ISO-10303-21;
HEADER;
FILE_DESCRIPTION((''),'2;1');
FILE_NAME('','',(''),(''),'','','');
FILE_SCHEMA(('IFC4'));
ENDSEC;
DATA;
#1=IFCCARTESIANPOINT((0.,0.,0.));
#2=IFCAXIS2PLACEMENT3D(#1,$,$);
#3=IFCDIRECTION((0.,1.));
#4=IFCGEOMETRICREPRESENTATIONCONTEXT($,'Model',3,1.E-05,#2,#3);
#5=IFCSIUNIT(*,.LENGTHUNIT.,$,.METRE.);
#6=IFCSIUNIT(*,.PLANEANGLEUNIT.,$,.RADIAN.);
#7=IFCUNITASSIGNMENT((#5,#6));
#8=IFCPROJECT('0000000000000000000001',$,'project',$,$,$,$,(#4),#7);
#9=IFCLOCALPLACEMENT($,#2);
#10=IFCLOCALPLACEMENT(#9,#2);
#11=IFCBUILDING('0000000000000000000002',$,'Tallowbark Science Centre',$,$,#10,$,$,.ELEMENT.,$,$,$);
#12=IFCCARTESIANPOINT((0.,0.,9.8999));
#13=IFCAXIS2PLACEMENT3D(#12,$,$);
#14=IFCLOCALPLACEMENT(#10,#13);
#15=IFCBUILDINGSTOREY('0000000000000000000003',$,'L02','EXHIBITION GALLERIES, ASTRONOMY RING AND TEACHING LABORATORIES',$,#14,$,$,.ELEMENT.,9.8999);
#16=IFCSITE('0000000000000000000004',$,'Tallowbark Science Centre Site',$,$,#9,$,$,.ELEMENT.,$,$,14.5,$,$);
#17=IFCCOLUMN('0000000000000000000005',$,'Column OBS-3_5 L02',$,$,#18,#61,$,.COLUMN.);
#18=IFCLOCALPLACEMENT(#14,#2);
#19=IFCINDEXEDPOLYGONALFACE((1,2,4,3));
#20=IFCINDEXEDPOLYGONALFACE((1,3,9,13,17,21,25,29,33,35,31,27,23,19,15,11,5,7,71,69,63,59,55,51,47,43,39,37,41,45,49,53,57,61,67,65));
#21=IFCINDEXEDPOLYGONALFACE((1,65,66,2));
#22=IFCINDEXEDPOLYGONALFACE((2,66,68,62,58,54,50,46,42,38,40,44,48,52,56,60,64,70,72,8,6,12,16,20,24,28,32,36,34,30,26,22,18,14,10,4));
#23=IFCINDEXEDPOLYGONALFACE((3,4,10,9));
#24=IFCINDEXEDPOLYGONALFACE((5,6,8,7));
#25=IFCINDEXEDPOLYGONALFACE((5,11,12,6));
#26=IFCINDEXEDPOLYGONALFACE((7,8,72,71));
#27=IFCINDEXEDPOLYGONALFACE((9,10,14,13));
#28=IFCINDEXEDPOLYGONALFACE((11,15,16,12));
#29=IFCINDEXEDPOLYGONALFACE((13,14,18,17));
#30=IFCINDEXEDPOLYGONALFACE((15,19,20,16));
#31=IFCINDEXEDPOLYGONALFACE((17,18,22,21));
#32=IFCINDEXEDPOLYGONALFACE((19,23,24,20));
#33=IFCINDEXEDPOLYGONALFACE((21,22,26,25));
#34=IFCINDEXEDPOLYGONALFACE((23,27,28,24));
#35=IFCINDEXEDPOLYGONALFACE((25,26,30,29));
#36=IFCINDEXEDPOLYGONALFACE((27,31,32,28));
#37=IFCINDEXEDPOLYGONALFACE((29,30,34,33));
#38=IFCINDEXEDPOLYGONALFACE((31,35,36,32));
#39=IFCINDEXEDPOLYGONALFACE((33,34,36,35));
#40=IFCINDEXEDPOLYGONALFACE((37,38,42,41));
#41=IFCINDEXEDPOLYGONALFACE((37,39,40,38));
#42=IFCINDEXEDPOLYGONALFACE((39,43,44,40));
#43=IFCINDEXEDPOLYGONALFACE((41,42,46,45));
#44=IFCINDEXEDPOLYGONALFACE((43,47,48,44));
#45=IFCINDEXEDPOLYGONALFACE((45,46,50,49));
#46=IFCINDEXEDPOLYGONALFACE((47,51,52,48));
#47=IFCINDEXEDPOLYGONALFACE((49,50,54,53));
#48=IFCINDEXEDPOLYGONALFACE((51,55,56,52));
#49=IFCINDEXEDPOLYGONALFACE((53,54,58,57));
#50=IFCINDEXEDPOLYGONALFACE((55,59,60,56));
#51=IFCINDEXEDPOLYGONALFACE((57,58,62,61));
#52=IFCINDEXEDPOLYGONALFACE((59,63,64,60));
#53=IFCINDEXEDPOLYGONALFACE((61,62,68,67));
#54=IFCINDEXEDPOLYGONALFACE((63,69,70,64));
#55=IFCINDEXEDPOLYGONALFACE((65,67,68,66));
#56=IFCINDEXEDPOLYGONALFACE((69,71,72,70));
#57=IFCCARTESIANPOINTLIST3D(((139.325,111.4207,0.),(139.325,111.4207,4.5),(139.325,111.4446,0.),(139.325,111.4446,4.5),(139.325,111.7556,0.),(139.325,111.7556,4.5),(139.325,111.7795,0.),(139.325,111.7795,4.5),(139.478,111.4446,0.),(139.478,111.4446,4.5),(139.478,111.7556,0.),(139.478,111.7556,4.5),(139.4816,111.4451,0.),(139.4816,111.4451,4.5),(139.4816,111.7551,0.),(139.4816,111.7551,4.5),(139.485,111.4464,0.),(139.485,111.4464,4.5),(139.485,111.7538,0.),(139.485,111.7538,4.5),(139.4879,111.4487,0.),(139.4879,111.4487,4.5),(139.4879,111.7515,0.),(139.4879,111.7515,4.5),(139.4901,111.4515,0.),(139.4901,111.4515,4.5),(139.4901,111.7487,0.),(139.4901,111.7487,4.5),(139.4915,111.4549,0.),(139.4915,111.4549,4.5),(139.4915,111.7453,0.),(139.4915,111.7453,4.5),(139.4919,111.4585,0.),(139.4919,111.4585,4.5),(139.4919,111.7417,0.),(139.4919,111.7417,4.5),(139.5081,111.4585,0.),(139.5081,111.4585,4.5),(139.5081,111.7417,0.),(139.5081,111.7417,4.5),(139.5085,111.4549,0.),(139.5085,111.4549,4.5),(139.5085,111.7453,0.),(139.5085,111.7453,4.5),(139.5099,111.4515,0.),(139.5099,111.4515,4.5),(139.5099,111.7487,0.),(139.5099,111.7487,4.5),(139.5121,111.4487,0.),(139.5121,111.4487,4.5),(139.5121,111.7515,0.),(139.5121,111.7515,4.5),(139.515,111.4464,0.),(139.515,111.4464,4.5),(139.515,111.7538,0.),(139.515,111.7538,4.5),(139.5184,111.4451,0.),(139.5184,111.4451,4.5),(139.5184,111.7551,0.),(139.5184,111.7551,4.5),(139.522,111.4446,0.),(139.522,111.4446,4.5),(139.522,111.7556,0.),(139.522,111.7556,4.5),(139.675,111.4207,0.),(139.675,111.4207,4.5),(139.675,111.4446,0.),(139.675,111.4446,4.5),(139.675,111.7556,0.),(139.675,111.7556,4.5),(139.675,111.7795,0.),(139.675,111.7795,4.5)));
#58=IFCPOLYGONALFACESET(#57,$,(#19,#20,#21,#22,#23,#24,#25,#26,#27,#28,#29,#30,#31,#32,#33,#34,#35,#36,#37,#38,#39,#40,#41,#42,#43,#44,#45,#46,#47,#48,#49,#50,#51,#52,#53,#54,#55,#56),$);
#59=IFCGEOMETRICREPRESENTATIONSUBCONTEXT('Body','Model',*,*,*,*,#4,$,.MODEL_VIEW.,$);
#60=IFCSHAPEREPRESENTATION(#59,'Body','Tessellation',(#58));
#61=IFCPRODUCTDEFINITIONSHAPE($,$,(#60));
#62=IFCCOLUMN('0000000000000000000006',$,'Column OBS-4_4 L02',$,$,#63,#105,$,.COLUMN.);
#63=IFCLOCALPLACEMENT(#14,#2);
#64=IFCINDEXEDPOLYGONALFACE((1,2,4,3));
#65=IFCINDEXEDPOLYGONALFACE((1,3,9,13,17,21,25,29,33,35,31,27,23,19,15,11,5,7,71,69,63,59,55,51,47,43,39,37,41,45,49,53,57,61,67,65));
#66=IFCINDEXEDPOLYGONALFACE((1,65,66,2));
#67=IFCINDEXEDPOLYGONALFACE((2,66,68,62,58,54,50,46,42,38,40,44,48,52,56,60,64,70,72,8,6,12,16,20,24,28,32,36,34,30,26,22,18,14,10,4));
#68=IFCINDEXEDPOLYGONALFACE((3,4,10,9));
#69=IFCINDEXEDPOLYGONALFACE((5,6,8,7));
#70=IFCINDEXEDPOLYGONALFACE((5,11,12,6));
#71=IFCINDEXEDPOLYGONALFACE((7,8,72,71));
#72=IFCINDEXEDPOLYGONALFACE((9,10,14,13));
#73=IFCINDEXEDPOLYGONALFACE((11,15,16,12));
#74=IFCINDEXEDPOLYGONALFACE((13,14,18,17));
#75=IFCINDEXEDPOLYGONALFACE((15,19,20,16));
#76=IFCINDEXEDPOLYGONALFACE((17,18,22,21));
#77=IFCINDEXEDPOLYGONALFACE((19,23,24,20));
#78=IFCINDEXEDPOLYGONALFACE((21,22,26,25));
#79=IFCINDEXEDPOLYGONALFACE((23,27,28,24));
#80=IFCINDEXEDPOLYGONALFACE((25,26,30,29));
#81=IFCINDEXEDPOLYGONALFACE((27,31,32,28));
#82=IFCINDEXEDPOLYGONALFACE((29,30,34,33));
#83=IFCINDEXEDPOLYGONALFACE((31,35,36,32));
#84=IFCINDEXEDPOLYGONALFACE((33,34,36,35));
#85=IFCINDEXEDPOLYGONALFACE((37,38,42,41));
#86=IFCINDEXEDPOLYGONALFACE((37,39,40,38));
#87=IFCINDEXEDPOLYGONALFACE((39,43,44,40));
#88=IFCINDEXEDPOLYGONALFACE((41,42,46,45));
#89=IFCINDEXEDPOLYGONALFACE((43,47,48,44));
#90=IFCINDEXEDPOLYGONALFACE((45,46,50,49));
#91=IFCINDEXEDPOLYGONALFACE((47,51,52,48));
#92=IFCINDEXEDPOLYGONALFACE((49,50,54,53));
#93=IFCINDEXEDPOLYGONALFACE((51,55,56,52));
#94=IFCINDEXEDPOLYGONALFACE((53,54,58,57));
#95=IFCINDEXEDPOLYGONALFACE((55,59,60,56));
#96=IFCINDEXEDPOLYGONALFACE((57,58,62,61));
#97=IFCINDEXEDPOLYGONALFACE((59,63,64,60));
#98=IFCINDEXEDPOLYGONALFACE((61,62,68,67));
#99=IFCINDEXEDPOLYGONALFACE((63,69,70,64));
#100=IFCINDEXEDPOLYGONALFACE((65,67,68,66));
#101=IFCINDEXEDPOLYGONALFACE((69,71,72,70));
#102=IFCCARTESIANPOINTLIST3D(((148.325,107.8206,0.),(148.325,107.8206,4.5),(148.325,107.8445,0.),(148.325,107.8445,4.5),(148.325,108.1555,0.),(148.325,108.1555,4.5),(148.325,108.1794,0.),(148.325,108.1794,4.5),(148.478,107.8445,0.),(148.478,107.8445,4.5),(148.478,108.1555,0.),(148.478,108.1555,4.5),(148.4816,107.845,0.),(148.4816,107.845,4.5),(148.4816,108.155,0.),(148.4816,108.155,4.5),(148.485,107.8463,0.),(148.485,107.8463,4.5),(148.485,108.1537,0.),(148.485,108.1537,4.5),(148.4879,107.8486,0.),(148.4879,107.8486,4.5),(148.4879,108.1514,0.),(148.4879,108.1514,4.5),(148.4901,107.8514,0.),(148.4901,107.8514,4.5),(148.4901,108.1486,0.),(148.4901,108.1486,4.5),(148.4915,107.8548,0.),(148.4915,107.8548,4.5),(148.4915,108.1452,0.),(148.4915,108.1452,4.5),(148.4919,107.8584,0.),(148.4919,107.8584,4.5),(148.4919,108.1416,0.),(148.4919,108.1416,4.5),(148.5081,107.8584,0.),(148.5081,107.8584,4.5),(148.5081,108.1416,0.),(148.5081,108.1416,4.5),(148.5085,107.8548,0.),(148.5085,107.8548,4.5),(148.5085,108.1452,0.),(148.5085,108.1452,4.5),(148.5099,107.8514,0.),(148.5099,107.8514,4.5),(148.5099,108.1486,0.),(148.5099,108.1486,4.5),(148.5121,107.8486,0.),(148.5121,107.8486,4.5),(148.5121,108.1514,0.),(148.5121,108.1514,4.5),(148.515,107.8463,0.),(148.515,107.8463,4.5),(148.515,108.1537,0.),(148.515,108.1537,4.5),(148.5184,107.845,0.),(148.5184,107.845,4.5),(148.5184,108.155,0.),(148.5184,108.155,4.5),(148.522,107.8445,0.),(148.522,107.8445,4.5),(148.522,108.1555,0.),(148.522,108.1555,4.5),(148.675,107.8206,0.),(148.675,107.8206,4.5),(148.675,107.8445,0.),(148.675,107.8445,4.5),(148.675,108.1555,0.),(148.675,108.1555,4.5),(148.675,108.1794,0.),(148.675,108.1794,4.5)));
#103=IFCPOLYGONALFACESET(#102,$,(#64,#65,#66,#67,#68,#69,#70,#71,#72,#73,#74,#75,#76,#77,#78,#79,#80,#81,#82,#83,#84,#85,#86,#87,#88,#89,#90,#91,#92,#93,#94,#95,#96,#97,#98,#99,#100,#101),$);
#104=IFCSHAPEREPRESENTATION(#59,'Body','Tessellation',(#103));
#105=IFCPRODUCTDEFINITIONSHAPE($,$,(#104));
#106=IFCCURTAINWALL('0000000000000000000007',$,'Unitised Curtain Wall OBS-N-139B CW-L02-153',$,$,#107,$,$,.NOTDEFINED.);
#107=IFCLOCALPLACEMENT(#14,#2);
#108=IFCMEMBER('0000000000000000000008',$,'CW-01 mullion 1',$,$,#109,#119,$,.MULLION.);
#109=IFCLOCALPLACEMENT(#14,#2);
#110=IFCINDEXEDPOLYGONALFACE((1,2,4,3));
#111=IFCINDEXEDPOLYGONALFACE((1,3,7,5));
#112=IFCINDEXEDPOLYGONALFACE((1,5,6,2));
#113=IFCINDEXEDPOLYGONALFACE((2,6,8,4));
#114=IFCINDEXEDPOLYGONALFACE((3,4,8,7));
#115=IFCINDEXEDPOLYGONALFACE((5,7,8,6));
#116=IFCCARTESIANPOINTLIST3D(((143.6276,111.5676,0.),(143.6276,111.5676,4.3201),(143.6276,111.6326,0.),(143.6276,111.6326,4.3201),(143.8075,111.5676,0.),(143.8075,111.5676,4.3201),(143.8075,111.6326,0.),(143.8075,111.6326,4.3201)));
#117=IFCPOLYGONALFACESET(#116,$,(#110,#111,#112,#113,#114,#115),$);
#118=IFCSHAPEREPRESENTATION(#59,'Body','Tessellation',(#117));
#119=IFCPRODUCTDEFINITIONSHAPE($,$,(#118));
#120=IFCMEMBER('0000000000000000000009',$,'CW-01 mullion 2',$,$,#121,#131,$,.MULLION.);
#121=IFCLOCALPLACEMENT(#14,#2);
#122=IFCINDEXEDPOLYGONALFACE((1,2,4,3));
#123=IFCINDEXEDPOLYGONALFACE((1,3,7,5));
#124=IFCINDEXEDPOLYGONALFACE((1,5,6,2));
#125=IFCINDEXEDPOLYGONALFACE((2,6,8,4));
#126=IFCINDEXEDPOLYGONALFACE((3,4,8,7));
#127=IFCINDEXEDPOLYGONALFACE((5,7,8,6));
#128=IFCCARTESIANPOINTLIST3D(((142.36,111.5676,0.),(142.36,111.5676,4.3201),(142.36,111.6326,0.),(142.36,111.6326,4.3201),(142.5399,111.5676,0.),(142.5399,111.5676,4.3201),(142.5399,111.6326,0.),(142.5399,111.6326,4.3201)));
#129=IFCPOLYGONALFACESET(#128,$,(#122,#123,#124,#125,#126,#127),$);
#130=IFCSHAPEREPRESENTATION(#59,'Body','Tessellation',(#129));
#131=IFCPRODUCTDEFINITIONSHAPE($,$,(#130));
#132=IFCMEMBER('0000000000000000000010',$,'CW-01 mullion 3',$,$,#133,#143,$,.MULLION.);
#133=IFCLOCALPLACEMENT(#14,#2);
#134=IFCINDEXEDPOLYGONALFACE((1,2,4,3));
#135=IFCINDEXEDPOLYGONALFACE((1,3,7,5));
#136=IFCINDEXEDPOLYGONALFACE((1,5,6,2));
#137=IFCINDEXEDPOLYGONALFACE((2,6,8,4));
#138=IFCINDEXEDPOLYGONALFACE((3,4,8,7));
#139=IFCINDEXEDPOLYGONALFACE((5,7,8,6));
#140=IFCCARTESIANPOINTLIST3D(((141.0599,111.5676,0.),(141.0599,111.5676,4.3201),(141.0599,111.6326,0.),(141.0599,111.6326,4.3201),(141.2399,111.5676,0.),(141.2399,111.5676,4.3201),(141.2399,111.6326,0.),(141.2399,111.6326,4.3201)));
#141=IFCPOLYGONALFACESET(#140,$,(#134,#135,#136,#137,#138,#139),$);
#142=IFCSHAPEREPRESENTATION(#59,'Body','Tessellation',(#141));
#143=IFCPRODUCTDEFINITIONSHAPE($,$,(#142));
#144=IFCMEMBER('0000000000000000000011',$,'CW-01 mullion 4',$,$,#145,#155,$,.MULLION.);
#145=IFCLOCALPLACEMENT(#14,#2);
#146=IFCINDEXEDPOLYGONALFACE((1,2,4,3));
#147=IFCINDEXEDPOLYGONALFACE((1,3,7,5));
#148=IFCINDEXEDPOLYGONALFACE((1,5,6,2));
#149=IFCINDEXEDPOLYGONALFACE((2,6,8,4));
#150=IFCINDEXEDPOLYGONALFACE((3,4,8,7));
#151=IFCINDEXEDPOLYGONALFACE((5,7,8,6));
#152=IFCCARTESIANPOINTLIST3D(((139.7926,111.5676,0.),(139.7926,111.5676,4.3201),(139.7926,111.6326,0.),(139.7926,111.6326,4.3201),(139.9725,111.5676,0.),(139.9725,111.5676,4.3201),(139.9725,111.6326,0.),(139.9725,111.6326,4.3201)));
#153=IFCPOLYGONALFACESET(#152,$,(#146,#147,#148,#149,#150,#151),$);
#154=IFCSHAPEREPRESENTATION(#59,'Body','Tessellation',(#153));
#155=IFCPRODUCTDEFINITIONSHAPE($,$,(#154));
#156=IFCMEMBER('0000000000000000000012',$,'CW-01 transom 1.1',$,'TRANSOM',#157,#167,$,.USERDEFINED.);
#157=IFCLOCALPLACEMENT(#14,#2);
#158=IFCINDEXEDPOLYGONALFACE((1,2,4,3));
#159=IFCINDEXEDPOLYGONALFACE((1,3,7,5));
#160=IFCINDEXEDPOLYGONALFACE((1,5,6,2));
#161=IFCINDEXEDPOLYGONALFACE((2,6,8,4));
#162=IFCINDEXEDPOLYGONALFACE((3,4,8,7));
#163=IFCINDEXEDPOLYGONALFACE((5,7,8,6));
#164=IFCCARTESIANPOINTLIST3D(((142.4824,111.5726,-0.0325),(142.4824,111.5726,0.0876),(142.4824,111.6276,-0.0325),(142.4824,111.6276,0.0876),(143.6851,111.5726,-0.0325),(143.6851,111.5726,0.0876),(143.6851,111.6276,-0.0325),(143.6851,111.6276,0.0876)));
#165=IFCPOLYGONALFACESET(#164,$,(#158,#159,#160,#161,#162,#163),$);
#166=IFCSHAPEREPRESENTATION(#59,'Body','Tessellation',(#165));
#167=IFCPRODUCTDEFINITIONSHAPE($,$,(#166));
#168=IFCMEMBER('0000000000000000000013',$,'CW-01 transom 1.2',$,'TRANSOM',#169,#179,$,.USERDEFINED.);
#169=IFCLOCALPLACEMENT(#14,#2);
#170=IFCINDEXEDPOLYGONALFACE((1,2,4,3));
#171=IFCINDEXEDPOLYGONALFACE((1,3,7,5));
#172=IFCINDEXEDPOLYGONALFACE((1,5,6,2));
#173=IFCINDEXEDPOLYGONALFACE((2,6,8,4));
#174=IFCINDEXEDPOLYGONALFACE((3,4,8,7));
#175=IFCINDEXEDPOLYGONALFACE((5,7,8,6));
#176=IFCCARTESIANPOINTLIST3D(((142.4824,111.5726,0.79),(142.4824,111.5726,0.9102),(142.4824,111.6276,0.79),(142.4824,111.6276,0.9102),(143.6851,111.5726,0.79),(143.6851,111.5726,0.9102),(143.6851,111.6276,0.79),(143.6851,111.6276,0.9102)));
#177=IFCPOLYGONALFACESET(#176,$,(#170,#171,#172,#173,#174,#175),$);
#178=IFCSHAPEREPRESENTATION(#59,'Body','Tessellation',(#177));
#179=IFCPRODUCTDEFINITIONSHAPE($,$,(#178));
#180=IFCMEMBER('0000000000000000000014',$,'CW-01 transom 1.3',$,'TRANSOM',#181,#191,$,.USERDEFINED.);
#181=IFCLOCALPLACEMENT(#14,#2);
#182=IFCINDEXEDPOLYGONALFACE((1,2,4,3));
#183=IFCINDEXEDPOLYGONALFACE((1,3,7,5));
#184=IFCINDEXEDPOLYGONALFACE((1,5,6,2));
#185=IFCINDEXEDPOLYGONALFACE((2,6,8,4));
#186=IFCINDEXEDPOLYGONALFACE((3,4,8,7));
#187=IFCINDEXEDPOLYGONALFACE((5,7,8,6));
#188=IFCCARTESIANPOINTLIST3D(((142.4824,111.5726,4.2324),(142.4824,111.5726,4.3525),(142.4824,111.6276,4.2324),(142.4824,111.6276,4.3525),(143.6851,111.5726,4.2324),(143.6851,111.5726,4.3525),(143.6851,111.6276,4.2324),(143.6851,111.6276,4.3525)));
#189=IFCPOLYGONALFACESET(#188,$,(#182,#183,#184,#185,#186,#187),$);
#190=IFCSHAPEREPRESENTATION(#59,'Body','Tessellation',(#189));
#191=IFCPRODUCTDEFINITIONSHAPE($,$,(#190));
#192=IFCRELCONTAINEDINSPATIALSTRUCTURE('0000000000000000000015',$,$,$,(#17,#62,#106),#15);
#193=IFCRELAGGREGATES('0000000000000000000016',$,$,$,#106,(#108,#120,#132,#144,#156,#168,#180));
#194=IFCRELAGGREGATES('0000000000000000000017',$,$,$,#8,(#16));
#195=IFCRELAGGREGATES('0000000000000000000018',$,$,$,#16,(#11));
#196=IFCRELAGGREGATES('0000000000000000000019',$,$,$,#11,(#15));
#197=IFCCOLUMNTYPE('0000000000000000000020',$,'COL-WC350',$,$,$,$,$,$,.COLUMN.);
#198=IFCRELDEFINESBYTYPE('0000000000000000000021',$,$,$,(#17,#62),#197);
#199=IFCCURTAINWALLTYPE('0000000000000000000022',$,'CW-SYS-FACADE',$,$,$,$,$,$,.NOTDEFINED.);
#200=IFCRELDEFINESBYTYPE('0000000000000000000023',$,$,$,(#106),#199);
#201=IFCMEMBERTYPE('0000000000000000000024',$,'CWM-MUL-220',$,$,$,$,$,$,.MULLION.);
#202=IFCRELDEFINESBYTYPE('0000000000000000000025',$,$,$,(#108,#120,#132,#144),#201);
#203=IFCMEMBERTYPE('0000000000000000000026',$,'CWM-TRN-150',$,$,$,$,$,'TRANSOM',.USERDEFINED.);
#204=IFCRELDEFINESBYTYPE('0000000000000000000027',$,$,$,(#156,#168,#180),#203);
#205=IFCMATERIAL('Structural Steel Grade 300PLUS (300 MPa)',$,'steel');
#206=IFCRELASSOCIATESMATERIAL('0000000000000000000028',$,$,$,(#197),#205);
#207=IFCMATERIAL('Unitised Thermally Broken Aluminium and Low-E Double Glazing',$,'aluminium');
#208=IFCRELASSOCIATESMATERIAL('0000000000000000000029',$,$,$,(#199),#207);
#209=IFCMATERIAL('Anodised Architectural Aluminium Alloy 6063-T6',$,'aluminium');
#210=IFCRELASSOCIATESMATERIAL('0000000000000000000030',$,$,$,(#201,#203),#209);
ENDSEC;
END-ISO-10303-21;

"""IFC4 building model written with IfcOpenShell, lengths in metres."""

from ifc_helpers import new_model, si_unit, direction, frame, origin, origin_2d, place, context, subcontext, project, spatial, rectangle, i_section, extrude, material, material_profile, profile_set, type_object, element, aggregate, save


model = new_model("IFC4")

# Units and contexts
model_context = context("Model", 3, precision=1e-05, world=origin(), true_north=direction((0.0, 1.0)))
body_context = subcontext(model_context, "Body", "Model", "MODEL_VIEW")
ifc_project = project(units=[si_unit("LENGTHUNIT", "METRE"), si_unit("PLANEANGLEUNIT", "RADIAN")], contexts=[model_context])

# Site, building, storey
site_placement = place(None, origin())
site = spatial("IfcSite", under=ifc_project, at=site_placement, Name="Tallowbark Science Centre Site", CompositionType="ELEMENT", RefElevation=14.5)
building_placement = place(site_placement, origin())
building = spatial("IfcBuilding", under=site, at=building_placement, Name="Tallowbark Science Centre", CompositionType="ELEMENT")
storey_placement = place(building_placement, frame((0.0, 0.0, 9.8999)))
storey = spatial("IfcBuildingStorey", under=building, at=storey_placement, Name="L02", Description="EXHIBITION GALLERIES, ASTRONOMY RING AND TEACHING LABORATORIES", CompositionType="ELEMENT", Elevation=9.8999)

# Columns
ifc_material_1 = material(Name="Structural Steel Grade 300PLUS (300 MPa)", Category="steel")
ifc_material_profile_1 = material_profile(ifc_material_1, i_section(OverallWidth=0.3501, OverallDepth=0.3589, WebThickness=0.0161, FlangeThickness=0.0239, FilletRadius=0.0139, at=origin_2d()), Name="350WC197")
ifc_profile_set_1 = profile_set([ifc_material_profile_1], Name="Structural Steel Grade 300PLUS (300 MPa)")
column_type = type_object("IfcColumnType", Name="COL-WC350", PredefinedType="COLUMN", material=ifc_profile_set_1)
for number, where, z_axis, x_axis, name in (
    (1, (139.5, 111.6001, 0.0), (0.0, 0.0, 1.0), (1.0, 0.0, 0.0), "Column OBS-3_5 L02"),
    (2, (148.5, 108.0, 0.0), (0.0, 0.0, 1.0), (1.0, 0.0, 0.0), "Column OBS-4_4 L02"),
):
    element("IfcColumn", number, at=place(storey_placement, frame(where, z_axis=z_axis, x_axis=x_axis)), inside=storey, type_object=column_type, Name=name, PredefinedType="COLUMN", context=body_context, shape_type="SweptSolid", body=[
        extrude(i_section(OverallWidth=0.3501, OverallDepth=0.3589, WebThickness=0.0161, FlangeThickness=0.0239, FilletRadius=0.0139, at=origin_2d()), origin(), (0.0, 0.0, 1.0), 4.5),
    ])

# Curtain wall, members
ifc_material_2 = material(Name="Unitised Thermally Broken Aluminium and Low-E Double Glazing", Category="aluminium")
curtain_wall_type = type_object("IfcCurtainWallType", Name="CW-SYS-FACADE", PredefinedType="NOTDEFINED", material=ifc_material_2)
curtain_wall_placement = place(storey_placement, origin())
curtain_wall = element("IfcCurtainWall", 3, at=curtain_wall_placement, inside=storey, type_object=curtain_wall_type, Name="Unitised Curtain Wall OBS-N-139B CW-L02-153", PredefinedType="NOTDEFINED")
ifc_material_3 = material(Name="Anodised Architectural Aluminium Alloy 6063-T6", Category="aluminium")
ifc_material_profile_2 = material_profile(ifc_material_3, rectangle(XDim=0.0649, YDim=0.1799, at=origin_2d()), Name="ALU65x180")
ifc_profile_set_2 = profile_set([ifc_material_profile_2], Name="Anodised Architectural Aluminium Alloy 6063-T6")
member_type_1 = type_object("IfcMemberType", Name="CWM-MUL-220", PredefinedType="MULLION", material=ifc_profile_set_2)
member_1_placement = place(storey_placement, frame((143.7175, 111.6001, 0.0), z_axis=(0.0, 0.0, 1.0), x_axis=(0.0, -1.0, 0.0)))
member_1 = element("IfcMember", 4, at=member_1_placement, type_object=member_type_1, Name="CW-01 mullion 1", PredefinedType="MULLION", context=body_context, shape_type="SweptSolid", body=[
    extrude(rectangle(XDim=0.0649, YDim=0.1799, at=origin_2d()), origin(), (0.0, 0.0, 1.0), 4.3201),
])
member_2_placement = place(storey_placement, frame((142.45, 111.6001, 0.0), z_axis=(0.0, 0.0, 1.0), x_axis=(0.0, -1.0, 0.0)))
member_2 = element("IfcMember", 5, at=member_2_placement, type_object=member_type_1, Name="CW-01 mullion 2", PredefinedType="MULLION", context=body_context, shape_type="SweptSolid", body=[
    extrude(rectangle(XDim=0.0649, YDim=0.1799, at=origin_2d()), origin(), (0.0, 0.0, 1.0), 4.3201),
])
member_3_placement = place(storey_placement, frame((141.1499, 111.6001, 0.0), z_axis=(0.0, 0.0, 1.0), x_axis=(0.0, -1.0, 0.0)))
member_3 = element("IfcMember", 6, at=member_3_placement, type_object=member_type_1, Name="CW-01 mullion 3", PredefinedType="MULLION", context=body_context, shape_type="SweptSolid", body=[
    extrude(rectangle(XDim=0.0649, YDim=0.1799, at=origin_2d()), origin(), (0.0, 0.0, 1.0), 4.3201),
])
member_4_placement = place(storey_placement, frame((139.8826, 111.6001, 0.0), z_axis=(0.0, 0.0, 1.0), x_axis=(0.0, -1.0, 0.0)))
member_4 = element("IfcMember", 7, at=member_4_placement, type_object=member_type_1, Name="CW-01 mullion 4", PredefinedType="MULLION", context=body_context, shape_type="SweptSolid", body=[
    extrude(rectangle(XDim=0.0649, YDim=0.1799, at=origin_2d()), origin(), (0.0, 0.0, 1.0), 4.3201),
])
ifc_material_profile_3 = material_profile(ifc_material_3, rectangle(XDim=0.0549, YDim=0.1201, at=origin_2d()), Name="ALU55x120")
ifc_profile_set_3 = profile_set([ifc_material_profile_3], Name="Anodised Architectural Aluminium Alloy 6063-T6")
member_type_2 = type_object("IfcMemberType", Name="CWM-TRN-150", ElementType="TRANSOM", PredefinedType="USERDEFINED", material=ifc_profile_set_3)
member_5_placement = place(storey_placement, frame((143.6851, 111.6001, 0.0276), z_axis=(-1.0, 0.0, 0.0), x_axis=(0.0, -1.0, 0.0)))
member_5 = element("IfcMember", 8, at=member_5_placement, type_object=member_type_2, Name="CW-01 transom 1.1", ObjectType="TRANSOM", PredefinedType="USERDEFINED", context=body_context, shape_type="SweptSolid", body=[
    extrude(rectangle(XDim=0.0549, YDim=0.1201, at=origin_2d()), origin(), (0.0, 0.0, 1.0), 1.2026),
])
member_6_placement = place(storey_placement, frame((143.6851, 111.6001, 0.8501), z_axis=(-1.0, 0.0, 0.0), x_axis=(0.0, -1.0, 0.0)))
member_6 = element("IfcMember", 9, at=member_6_placement, type_object=member_type_2, Name="CW-01 transom 1.2", ObjectType="TRANSOM", PredefinedType="USERDEFINED", context=body_context, shape_type="SweptSolid", body=[
    extrude(rectangle(XDim=0.0549, YDim=0.1201, at=origin_2d()), origin(), (0.0, 0.0, 1.0), 1.2026),
])
member_7_placement = place(storey_placement, frame((143.6851, 111.6001, 4.2925), z_axis=(-1.0, 0.0, 0.0), x_axis=(0.0, -1.0, 0.0)))
member_7 = element("IfcMember", 10, at=member_7_placement, type_object=member_type_2, Name="CW-01 transom 1.3", ObjectType="TRANSOM", PredefinedType="USERDEFINED", context=body_context, shape_type="SweptSolid", body=[
    extrude(rectangle(XDim=0.0549, YDim=0.1201, at=origin_2d()), origin(), (0.0, 0.0, 1.0), 1.2026),
])

aggregate(curtain_wall, [member_1, member_2, member_3, member_4, member_5, member_6, member_7])

save(model, "model.ifc")
